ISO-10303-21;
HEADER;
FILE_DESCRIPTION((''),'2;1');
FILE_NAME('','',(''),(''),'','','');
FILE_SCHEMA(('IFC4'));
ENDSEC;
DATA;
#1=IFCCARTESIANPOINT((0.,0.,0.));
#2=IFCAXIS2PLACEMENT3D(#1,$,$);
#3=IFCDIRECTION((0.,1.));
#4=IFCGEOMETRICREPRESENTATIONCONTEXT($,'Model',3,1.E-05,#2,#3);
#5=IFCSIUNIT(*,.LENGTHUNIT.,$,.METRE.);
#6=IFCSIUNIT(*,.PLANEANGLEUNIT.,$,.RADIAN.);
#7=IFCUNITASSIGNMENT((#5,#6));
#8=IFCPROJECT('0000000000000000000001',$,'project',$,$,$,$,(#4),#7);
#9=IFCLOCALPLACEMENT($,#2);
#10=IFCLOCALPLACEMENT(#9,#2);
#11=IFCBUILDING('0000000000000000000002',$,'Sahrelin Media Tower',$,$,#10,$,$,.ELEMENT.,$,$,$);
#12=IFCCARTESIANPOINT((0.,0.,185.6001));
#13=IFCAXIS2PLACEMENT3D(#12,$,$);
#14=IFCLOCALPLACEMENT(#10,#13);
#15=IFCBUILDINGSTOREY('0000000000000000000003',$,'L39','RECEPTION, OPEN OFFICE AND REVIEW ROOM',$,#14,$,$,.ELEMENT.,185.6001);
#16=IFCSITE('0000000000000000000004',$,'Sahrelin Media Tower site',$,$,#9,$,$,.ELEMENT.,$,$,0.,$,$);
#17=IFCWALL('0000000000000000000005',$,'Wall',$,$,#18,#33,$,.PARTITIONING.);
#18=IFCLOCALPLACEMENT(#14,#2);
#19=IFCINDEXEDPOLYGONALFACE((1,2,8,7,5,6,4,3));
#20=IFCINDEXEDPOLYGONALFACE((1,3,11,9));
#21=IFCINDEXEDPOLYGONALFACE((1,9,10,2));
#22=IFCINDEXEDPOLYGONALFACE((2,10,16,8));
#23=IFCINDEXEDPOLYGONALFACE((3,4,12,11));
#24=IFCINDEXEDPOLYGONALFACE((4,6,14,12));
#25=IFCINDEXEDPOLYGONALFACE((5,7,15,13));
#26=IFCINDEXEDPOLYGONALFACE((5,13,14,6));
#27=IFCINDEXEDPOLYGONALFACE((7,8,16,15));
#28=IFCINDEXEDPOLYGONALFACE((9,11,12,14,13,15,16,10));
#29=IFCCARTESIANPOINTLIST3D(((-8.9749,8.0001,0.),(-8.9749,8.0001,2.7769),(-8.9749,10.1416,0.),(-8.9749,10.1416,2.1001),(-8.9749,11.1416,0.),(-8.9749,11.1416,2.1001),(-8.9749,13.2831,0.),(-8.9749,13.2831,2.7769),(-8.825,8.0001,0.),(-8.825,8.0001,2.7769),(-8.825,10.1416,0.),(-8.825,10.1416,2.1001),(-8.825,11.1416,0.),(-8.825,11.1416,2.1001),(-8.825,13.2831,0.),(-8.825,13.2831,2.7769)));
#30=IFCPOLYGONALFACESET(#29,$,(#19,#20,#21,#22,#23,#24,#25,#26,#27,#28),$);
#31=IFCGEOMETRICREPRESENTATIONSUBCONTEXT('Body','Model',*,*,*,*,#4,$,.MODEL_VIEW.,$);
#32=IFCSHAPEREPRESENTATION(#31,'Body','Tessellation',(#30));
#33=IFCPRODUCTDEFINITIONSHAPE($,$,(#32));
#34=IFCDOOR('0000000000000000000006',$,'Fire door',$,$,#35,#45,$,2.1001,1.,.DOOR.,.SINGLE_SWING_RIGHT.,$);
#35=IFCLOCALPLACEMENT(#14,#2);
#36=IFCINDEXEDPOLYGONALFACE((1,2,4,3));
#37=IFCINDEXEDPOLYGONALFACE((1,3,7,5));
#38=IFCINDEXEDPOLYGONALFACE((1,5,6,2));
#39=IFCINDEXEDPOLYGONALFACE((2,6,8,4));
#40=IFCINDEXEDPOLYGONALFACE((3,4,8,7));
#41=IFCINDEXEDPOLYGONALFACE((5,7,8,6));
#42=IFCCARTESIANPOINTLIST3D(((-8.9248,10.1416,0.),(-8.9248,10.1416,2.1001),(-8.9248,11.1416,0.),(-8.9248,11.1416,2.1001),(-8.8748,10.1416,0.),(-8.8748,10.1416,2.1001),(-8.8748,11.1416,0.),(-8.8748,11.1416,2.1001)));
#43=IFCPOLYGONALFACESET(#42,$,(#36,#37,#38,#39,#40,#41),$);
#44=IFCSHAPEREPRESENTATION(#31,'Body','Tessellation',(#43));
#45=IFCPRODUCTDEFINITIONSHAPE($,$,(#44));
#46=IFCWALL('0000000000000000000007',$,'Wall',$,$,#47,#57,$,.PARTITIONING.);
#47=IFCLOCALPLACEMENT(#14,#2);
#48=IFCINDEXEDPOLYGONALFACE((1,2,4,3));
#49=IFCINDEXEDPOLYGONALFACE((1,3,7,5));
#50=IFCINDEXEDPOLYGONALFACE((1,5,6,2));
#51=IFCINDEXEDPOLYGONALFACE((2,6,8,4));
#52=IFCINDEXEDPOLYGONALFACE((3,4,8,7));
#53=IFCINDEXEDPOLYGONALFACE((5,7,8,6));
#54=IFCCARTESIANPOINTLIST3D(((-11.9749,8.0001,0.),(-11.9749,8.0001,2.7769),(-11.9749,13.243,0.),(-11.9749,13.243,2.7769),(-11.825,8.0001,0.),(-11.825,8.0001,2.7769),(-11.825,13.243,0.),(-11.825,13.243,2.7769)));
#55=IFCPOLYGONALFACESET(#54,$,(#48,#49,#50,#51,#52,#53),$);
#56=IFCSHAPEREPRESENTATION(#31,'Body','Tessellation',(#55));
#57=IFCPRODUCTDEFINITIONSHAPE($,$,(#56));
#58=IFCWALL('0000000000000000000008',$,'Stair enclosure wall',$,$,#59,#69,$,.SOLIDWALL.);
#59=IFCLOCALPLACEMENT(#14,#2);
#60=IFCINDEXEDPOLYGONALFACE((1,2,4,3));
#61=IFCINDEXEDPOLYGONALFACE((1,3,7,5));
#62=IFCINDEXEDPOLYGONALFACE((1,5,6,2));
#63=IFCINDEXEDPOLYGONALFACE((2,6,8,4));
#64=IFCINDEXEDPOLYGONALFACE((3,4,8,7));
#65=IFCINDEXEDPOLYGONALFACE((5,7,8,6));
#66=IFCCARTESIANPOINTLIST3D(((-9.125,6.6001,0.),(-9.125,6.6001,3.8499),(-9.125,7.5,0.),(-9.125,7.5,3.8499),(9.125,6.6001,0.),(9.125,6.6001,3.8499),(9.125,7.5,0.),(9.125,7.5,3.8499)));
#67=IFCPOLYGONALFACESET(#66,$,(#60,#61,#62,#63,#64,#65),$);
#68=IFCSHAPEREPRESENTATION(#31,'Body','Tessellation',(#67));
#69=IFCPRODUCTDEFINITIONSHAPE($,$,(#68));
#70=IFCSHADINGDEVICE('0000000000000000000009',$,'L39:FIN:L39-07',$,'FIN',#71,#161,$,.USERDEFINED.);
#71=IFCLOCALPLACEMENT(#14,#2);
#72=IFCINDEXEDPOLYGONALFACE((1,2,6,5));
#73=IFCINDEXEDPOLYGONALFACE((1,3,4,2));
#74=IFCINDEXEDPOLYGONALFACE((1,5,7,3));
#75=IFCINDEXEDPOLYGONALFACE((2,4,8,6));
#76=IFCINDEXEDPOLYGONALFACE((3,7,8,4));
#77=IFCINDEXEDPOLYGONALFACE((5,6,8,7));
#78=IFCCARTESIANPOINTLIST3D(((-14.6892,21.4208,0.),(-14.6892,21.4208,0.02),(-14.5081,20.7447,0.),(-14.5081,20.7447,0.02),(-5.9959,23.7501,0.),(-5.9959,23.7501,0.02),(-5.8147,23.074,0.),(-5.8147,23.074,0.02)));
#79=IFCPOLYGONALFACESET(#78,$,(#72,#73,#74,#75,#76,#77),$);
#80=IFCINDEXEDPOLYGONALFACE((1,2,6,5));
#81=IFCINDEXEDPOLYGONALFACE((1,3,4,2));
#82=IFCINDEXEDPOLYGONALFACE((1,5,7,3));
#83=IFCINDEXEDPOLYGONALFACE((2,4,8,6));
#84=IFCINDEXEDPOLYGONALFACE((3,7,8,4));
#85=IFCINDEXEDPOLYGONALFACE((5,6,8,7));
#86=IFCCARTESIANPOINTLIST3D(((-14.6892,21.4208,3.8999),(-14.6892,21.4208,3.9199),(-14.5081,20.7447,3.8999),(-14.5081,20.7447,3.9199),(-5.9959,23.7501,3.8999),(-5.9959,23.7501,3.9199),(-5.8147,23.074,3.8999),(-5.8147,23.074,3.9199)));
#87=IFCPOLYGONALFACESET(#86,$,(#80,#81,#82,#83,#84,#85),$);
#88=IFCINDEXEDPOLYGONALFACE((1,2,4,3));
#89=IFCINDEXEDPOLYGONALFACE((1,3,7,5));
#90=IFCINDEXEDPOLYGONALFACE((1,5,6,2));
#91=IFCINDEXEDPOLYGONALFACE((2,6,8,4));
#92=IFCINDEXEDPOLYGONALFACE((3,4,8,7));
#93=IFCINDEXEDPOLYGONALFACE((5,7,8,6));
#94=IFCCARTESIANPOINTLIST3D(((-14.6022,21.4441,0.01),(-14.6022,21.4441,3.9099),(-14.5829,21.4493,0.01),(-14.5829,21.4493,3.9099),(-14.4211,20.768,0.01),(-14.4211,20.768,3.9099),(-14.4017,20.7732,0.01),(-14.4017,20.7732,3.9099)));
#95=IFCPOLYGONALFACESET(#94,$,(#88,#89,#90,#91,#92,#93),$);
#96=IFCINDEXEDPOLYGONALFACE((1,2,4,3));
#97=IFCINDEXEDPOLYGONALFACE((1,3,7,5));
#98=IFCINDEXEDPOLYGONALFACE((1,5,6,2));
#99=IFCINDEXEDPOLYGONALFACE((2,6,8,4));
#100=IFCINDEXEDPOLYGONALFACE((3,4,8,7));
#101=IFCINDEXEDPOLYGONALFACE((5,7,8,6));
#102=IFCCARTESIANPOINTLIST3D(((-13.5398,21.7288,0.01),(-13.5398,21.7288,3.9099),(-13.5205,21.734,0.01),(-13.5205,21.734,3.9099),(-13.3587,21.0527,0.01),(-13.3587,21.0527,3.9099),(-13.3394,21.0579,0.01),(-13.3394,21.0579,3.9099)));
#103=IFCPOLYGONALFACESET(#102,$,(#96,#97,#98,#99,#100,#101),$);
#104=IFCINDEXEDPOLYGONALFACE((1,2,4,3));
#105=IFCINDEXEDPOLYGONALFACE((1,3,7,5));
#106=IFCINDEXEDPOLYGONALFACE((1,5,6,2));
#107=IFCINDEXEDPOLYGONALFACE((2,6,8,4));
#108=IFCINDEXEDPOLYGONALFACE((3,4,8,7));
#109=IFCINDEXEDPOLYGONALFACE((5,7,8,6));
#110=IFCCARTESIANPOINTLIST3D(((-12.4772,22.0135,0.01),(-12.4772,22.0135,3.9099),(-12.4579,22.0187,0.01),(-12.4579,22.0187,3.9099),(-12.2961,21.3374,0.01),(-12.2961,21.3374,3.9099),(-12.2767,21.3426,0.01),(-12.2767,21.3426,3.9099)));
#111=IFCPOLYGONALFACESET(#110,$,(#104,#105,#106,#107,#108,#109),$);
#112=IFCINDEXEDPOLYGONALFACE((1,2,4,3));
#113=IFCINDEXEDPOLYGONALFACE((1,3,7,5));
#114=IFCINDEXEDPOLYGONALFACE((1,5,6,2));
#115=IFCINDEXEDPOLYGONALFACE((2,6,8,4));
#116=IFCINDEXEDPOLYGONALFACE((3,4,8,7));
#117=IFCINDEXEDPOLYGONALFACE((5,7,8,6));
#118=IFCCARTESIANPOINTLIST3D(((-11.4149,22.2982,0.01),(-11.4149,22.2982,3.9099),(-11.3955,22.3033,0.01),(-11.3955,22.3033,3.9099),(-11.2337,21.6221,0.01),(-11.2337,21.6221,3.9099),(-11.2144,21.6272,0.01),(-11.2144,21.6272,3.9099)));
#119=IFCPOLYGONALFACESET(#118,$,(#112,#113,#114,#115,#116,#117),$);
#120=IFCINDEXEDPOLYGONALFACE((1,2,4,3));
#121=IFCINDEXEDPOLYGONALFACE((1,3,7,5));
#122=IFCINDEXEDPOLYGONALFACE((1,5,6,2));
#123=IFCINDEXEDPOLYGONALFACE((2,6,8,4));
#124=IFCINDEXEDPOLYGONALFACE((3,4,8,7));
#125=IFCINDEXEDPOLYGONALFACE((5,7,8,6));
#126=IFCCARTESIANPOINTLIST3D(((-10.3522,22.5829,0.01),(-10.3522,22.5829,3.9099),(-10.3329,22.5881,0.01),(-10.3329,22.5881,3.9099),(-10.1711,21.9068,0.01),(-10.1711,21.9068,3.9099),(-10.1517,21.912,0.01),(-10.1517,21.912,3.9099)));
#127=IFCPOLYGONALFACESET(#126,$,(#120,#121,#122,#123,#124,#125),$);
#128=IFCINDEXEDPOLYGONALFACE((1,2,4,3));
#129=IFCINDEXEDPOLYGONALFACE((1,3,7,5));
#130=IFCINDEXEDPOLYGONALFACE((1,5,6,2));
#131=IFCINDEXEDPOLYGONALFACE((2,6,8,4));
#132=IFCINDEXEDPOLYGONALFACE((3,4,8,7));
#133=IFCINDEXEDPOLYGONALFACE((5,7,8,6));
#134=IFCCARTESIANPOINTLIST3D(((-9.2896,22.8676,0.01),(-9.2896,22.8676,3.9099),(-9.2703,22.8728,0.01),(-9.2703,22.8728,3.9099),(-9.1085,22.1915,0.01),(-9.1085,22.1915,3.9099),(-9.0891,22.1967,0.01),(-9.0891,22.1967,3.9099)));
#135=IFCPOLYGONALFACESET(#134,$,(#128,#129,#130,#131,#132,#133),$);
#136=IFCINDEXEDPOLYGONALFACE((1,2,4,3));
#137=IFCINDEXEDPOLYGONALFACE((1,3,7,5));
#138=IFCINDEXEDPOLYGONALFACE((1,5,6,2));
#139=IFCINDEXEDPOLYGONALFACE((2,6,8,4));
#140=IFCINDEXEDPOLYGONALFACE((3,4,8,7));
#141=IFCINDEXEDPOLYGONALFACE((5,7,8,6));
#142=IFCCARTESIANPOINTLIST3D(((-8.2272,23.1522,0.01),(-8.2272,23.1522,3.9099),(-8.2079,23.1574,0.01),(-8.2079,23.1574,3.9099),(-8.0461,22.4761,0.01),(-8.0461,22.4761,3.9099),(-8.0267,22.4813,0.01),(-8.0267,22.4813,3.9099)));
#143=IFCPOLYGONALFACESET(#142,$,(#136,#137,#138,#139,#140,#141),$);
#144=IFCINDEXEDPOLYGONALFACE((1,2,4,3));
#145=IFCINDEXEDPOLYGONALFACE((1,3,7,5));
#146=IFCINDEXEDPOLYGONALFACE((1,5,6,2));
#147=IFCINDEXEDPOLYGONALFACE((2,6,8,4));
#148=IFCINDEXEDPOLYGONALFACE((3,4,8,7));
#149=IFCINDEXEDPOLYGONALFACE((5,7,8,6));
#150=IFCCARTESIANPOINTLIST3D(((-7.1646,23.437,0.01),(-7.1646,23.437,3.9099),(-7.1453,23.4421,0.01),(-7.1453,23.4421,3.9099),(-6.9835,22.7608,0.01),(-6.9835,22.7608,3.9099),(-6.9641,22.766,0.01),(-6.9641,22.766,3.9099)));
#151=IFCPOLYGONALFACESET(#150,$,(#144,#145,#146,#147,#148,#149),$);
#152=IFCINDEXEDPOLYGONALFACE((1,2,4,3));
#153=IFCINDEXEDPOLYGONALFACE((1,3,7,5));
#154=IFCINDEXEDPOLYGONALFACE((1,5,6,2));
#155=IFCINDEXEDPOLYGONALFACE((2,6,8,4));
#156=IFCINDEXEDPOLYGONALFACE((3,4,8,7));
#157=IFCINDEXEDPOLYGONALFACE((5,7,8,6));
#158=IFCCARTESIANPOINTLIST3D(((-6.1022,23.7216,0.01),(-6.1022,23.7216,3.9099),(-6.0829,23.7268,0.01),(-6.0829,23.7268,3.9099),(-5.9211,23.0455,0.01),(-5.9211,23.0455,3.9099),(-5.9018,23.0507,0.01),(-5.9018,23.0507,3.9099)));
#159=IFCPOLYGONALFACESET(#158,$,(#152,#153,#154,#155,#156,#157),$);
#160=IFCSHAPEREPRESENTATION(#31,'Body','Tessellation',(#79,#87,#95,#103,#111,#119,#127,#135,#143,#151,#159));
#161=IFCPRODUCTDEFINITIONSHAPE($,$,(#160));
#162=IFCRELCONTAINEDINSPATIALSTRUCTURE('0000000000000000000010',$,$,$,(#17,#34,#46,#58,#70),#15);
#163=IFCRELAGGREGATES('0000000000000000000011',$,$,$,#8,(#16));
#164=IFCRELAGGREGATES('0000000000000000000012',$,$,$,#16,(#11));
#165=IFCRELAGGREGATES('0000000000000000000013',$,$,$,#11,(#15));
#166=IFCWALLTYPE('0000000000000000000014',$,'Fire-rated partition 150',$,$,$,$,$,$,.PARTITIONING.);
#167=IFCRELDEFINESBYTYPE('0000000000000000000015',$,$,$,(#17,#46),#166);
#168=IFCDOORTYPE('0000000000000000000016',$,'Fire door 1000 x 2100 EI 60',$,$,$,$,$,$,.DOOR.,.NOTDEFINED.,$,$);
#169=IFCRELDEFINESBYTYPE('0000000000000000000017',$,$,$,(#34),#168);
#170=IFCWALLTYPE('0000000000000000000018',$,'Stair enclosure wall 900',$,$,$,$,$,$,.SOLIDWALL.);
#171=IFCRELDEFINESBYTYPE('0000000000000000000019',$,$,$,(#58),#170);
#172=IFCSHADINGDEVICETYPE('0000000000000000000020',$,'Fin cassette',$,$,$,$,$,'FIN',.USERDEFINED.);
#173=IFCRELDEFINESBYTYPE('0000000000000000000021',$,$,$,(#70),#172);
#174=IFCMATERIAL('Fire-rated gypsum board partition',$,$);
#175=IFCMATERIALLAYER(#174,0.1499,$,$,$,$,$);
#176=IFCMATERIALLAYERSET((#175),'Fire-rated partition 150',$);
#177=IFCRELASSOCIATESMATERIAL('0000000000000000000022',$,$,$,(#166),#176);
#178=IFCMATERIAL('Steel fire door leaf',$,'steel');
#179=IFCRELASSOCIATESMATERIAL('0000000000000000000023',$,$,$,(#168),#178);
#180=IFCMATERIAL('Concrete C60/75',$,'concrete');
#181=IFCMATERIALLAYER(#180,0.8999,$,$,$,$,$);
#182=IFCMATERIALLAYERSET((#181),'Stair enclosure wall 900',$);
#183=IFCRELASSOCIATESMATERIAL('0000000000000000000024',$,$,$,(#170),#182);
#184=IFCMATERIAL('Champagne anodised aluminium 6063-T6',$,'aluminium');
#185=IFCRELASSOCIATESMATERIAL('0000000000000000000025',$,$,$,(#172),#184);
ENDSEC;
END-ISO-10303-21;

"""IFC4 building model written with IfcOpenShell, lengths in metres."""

from ifc_helpers import new_model, si_unit, direction, frame, frame_2d, origin, origin_2d, place, context, subcontext, project, spatial, rectangle, extrude, material, layer, layer_set, type_object, element, fill, save


model = new_model("IFC4")

# Units and contexts
model_context = context("Model", 3, precision=1e-05, world=origin(), true_north=direction((0.0, 1.0)))
body_context = subcontext(model_context, "Body", "Model", "MODEL_VIEW")
ifc_project = project(units=[si_unit("LENGTHUNIT", "METRE"), si_unit("PLANEANGLEUNIT", "RADIAN")], contexts=[model_context])

# Site, building, storey
site_placement = place(None, origin())
site = spatial("IfcSite", under=ifc_project, at=site_placement, Name="Sahrelin Media Tower site", CompositionType="ELEMENT", RefElevation=0.0)
building_placement = place(site_placement, origin())
building = spatial("IfcBuilding", under=site, at=building_placement, Name="Sahrelin Media Tower", CompositionType="ELEMENT")
storey_placement = place(building_placement, frame((0.0, 0.0, 185.6001)))
storey = spatial("IfcBuildingStorey", under=building, at=storey_placement, Name="L39", Description="RECEPTION, OPEN OFFICE AND REVIEW ROOM", CompositionType="ELEMENT", Elevation=185.6001)

# Shared definitions
ifc_material_1 = material(Name="Champagne anodised aluminium 6063-T6", Category="aluminium")

# Shared definitions
ifc_material_2 = material(Name="Concrete C60/75", Category="concrete")
ifc_material_3 = material(Name="Steel fire door leaf", Category="steel")

# Shared definitions
ifc_material_4 = material(Name="Fire-rated gypsum board partition")
ifc_layer_1 = layer(ifc_material_4, 0.1499)
ifc_layer_set_1 = layer_set([ifc_layer_1], Name="Fire-rated partition 150")
wall_type_1 = type_object("IfcWallType", Name="Fire-rated partition 150", PredefinedType="PARTITIONING", material=ifc_layer_set_1)

# Wall, opening, door
door_type_1 = type_object("IfcDoorType", Name="Fire door 1000 x 2100 EI 60", OperationType="NOTDEFINED", PredefinedType="DOOR", material=ifc_material_3)
wall_1_placement = place(storey_placement, frame((-8.8999, 8.0, 0.0), z_axis=(0.0, 0.0, 1.0), x_axis=(0.0, 1.0, 0.0)))
wall_1 = element("IfcWall", 1, at=wall_1_placement, inside=storey, type_object=wall_type_1, Name="Wall", PredefinedType="PARTITIONING", context=body_context, shape_type="SweptSolid", body=[
    extrude(rectangle(XDim=5.283, YDim=0.1499, at=frame_2d((2.6416, 0.0))), origin(), (0.0, 0.0, 1.0), 2.7769),
])
opening_1_placement = place(wall_1_placement, frame((2.1416, 0.0, 0.0)))
opening_1 = element("IfcOpeningElement", 2, at=opening_1_placement, cuts=wall_1, PredefinedType="OPENING", context=body_context, shape_type="SweptSolid", body=[
    extrude(rectangle(XDim=1.0, YDim=2.1001, at=frame_2d((0.5, 1.05))), frame((0.0, 0.075, 0.0), z_axis=(0.0, -1.0, 0.0), x_axis=(1.0, 0.0, 0.0)), (0.0, 0.0, 1.0), 0.1499),
])
door_1_placement = place(opening_1_placement, origin())
door_1 = element("IfcDoor", 3, at=door_1_placement, inside=storey, type_object=door_type_1, Name="Fire door", OperationType="SINGLE_SWING_RIGHT", OverallHeight=2.1001, OverallWidth=1.0, PredefinedType="DOOR", context=body_context, shape_type="SweptSolid", body=[
    extrude(rectangle(XDim=1.0, YDim=2.1001, at=frame_2d((0.5, 1.05))), frame((0.0, 0.0249, 0.0), z_axis=(0.0, -1.0, 0.0), x_axis=(1.0, 0.0, 0.0)), (0.0, 0.0, 1.0), 0.05),
])
fill(opening_1, door_1)

# Walls
wall_2_placement = place(storey_placement, frame((-11.8999, 8.0, 0.0), z_axis=(0.0, 0.0, 1.0), x_axis=(0.0, 1.0, 0.0)))
element("IfcWall", 4, at=wall_2_placement, inside=storey, type_object=wall_type_1, Name="Wall", PredefinedType="PARTITIONING", context=body_context, shape_type="SweptSolid", body=[
    extrude(rectangle(XDim=5.2429, YDim=0.1499, at=frame_2d((2.6216, 0.0))), origin(), (0.0, 0.0, 1.0), 2.7769),
])
ifc_layer_2 = layer(ifc_material_2, 0.8999)
ifc_layer_set_2 = layer_set([ifc_layer_2], Name="Stair enclosure wall 900")
wall_type_2 = type_object("IfcWallType", Name="Stair enclosure wall 900", PredefinedType="SOLIDWALL", material=ifc_layer_set_2)
wall_3_placement = place(storey_placement, frame((-9.125, 7.05, 0.0), z_axis=(0.0, 0.0, 1.0), x_axis=(1.0, 0.0, 0.0)))
element("IfcWall", 5, at=wall_3_placement, inside=storey, type_object=wall_type_2, Name="Stair enclosure wall", PredefinedType="SOLIDWALL", context=body_context, shape_type="SweptSolid", body=[
    extrude(rectangle(XDim=18.25, YDim=0.8999, at=frame_2d((9.125, 0.0))), origin(), (0.0, 0.0, 1.0), 3.8499),
])

# Shading device
shading_device_type_1 = type_object("IfcShadingDeviceType", Name="Fin cassette", ElementType="FIN", PredefinedType="USERDEFINED", material=ifc_material_1)
placement = place(storey_placement, frame((-10.1433, 21.8418, 0.0), z_axis=(0.0, 0.0, 1.0), x_axis=(0.965929, 0.258808, 0.0)))
element("IfcShadingDevice", 6, at=placement, inside=storey, type_object=shading_device_type_1, Name="L39:FIN:L39-07", ObjectType="FIN", PredefinedType="USERDEFINED", context=body_context, shape_type="SweptSolid", body=[
    extrude(rectangle(XDim=9.0, YDim=0.7, at=origin_2d()), frame((0.0, 0.4199, 0.0)), (0.0, 0.0, 1.0), 0.02),
    extrude(rectangle(XDim=9.0, YDim=0.7, at=origin_2d()), frame((0.0, 0.4199, 3.8999)), (0.0, 0.0, 1.0), 0.02),
    extrude(rectangle(XDim=0.02, YDim=0.7, at=origin_2d()), frame((-4.3999, 0.4199, 0.01), z_axis=(0.0, 0.0, 1.0), x_axis=(1.0, 0.0, 0.0)), (0.0, 0.0, 1.0), 3.8999),
    extrude(rectangle(XDim=0.02, YDim=0.7, at=origin_2d()), frame((-3.3, 0.4199, 0.01), z_axis=(0.0, 0.0, 1.0), x_axis=(1.0, 0.0, 0.0)), (0.0, 0.0, 1.0), 3.8999),
    extrude(rectangle(XDim=0.02, YDim=0.7, at=origin_2d()), frame((-2.2, 0.4199, 0.01), z_axis=(0.0, 0.0, 1.0), x_axis=(1.0, 0.0, 0.0)), (0.0, 0.0, 1.0), 3.8999),
    extrude(rectangle(XDim=0.02, YDim=0.7, at=origin_2d()), frame((-1.1001, 0.4199, 0.01), z_axis=(0.0, 0.0, 1.0), x_axis=(1.0, 0.0, 0.0)), (0.0, 0.0, 1.0), 3.8999),
    extrude(rectangle(XDim=0.02, YDim=0.7, at=origin_2d()), frame((0.0, 0.4199, 0.01), z_axis=(0.0, 0.0, 1.0), x_axis=(1.0, 0.0, 0.0)), (0.0, 0.0, 1.0), 3.8999),
    extrude(rectangle(XDim=0.02, YDim=0.7, at=origin_2d()), frame((1.1001, 0.4199, 0.01), z_axis=(0.0, 0.0, 1.0), x_axis=(1.0, 0.0, 0.0)), (0.0, 0.0, 1.0), 3.8999),
    extrude(rectangle(XDim=0.02, YDim=0.7, at=origin_2d()), frame((2.2, 0.4199, 0.01), z_axis=(0.0, 0.0, 1.0), x_axis=(1.0, 0.0, 0.0)), (0.0, 0.0, 1.0), 3.8999),
    extrude(rectangle(XDim=0.02, YDim=0.7, at=origin_2d()), frame((3.3, 0.4199, 0.01), z_axis=(0.0, 0.0, 1.0), x_axis=(1.0, 0.0, 0.0)), (0.0, 0.0, 1.0), 3.8999),
    extrude(rectangle(XDim=0.02, YDim=0.7, at=origin_2d()), frame((4.3999, 0.4199, 0.01), z_axis=(0.0, 0.0, 1.0), x_axis=(1.0, 0.0, 0.0)), (0.0, 0.0, 1.0), 3.8999),
])

save(model, "model.ifc")
